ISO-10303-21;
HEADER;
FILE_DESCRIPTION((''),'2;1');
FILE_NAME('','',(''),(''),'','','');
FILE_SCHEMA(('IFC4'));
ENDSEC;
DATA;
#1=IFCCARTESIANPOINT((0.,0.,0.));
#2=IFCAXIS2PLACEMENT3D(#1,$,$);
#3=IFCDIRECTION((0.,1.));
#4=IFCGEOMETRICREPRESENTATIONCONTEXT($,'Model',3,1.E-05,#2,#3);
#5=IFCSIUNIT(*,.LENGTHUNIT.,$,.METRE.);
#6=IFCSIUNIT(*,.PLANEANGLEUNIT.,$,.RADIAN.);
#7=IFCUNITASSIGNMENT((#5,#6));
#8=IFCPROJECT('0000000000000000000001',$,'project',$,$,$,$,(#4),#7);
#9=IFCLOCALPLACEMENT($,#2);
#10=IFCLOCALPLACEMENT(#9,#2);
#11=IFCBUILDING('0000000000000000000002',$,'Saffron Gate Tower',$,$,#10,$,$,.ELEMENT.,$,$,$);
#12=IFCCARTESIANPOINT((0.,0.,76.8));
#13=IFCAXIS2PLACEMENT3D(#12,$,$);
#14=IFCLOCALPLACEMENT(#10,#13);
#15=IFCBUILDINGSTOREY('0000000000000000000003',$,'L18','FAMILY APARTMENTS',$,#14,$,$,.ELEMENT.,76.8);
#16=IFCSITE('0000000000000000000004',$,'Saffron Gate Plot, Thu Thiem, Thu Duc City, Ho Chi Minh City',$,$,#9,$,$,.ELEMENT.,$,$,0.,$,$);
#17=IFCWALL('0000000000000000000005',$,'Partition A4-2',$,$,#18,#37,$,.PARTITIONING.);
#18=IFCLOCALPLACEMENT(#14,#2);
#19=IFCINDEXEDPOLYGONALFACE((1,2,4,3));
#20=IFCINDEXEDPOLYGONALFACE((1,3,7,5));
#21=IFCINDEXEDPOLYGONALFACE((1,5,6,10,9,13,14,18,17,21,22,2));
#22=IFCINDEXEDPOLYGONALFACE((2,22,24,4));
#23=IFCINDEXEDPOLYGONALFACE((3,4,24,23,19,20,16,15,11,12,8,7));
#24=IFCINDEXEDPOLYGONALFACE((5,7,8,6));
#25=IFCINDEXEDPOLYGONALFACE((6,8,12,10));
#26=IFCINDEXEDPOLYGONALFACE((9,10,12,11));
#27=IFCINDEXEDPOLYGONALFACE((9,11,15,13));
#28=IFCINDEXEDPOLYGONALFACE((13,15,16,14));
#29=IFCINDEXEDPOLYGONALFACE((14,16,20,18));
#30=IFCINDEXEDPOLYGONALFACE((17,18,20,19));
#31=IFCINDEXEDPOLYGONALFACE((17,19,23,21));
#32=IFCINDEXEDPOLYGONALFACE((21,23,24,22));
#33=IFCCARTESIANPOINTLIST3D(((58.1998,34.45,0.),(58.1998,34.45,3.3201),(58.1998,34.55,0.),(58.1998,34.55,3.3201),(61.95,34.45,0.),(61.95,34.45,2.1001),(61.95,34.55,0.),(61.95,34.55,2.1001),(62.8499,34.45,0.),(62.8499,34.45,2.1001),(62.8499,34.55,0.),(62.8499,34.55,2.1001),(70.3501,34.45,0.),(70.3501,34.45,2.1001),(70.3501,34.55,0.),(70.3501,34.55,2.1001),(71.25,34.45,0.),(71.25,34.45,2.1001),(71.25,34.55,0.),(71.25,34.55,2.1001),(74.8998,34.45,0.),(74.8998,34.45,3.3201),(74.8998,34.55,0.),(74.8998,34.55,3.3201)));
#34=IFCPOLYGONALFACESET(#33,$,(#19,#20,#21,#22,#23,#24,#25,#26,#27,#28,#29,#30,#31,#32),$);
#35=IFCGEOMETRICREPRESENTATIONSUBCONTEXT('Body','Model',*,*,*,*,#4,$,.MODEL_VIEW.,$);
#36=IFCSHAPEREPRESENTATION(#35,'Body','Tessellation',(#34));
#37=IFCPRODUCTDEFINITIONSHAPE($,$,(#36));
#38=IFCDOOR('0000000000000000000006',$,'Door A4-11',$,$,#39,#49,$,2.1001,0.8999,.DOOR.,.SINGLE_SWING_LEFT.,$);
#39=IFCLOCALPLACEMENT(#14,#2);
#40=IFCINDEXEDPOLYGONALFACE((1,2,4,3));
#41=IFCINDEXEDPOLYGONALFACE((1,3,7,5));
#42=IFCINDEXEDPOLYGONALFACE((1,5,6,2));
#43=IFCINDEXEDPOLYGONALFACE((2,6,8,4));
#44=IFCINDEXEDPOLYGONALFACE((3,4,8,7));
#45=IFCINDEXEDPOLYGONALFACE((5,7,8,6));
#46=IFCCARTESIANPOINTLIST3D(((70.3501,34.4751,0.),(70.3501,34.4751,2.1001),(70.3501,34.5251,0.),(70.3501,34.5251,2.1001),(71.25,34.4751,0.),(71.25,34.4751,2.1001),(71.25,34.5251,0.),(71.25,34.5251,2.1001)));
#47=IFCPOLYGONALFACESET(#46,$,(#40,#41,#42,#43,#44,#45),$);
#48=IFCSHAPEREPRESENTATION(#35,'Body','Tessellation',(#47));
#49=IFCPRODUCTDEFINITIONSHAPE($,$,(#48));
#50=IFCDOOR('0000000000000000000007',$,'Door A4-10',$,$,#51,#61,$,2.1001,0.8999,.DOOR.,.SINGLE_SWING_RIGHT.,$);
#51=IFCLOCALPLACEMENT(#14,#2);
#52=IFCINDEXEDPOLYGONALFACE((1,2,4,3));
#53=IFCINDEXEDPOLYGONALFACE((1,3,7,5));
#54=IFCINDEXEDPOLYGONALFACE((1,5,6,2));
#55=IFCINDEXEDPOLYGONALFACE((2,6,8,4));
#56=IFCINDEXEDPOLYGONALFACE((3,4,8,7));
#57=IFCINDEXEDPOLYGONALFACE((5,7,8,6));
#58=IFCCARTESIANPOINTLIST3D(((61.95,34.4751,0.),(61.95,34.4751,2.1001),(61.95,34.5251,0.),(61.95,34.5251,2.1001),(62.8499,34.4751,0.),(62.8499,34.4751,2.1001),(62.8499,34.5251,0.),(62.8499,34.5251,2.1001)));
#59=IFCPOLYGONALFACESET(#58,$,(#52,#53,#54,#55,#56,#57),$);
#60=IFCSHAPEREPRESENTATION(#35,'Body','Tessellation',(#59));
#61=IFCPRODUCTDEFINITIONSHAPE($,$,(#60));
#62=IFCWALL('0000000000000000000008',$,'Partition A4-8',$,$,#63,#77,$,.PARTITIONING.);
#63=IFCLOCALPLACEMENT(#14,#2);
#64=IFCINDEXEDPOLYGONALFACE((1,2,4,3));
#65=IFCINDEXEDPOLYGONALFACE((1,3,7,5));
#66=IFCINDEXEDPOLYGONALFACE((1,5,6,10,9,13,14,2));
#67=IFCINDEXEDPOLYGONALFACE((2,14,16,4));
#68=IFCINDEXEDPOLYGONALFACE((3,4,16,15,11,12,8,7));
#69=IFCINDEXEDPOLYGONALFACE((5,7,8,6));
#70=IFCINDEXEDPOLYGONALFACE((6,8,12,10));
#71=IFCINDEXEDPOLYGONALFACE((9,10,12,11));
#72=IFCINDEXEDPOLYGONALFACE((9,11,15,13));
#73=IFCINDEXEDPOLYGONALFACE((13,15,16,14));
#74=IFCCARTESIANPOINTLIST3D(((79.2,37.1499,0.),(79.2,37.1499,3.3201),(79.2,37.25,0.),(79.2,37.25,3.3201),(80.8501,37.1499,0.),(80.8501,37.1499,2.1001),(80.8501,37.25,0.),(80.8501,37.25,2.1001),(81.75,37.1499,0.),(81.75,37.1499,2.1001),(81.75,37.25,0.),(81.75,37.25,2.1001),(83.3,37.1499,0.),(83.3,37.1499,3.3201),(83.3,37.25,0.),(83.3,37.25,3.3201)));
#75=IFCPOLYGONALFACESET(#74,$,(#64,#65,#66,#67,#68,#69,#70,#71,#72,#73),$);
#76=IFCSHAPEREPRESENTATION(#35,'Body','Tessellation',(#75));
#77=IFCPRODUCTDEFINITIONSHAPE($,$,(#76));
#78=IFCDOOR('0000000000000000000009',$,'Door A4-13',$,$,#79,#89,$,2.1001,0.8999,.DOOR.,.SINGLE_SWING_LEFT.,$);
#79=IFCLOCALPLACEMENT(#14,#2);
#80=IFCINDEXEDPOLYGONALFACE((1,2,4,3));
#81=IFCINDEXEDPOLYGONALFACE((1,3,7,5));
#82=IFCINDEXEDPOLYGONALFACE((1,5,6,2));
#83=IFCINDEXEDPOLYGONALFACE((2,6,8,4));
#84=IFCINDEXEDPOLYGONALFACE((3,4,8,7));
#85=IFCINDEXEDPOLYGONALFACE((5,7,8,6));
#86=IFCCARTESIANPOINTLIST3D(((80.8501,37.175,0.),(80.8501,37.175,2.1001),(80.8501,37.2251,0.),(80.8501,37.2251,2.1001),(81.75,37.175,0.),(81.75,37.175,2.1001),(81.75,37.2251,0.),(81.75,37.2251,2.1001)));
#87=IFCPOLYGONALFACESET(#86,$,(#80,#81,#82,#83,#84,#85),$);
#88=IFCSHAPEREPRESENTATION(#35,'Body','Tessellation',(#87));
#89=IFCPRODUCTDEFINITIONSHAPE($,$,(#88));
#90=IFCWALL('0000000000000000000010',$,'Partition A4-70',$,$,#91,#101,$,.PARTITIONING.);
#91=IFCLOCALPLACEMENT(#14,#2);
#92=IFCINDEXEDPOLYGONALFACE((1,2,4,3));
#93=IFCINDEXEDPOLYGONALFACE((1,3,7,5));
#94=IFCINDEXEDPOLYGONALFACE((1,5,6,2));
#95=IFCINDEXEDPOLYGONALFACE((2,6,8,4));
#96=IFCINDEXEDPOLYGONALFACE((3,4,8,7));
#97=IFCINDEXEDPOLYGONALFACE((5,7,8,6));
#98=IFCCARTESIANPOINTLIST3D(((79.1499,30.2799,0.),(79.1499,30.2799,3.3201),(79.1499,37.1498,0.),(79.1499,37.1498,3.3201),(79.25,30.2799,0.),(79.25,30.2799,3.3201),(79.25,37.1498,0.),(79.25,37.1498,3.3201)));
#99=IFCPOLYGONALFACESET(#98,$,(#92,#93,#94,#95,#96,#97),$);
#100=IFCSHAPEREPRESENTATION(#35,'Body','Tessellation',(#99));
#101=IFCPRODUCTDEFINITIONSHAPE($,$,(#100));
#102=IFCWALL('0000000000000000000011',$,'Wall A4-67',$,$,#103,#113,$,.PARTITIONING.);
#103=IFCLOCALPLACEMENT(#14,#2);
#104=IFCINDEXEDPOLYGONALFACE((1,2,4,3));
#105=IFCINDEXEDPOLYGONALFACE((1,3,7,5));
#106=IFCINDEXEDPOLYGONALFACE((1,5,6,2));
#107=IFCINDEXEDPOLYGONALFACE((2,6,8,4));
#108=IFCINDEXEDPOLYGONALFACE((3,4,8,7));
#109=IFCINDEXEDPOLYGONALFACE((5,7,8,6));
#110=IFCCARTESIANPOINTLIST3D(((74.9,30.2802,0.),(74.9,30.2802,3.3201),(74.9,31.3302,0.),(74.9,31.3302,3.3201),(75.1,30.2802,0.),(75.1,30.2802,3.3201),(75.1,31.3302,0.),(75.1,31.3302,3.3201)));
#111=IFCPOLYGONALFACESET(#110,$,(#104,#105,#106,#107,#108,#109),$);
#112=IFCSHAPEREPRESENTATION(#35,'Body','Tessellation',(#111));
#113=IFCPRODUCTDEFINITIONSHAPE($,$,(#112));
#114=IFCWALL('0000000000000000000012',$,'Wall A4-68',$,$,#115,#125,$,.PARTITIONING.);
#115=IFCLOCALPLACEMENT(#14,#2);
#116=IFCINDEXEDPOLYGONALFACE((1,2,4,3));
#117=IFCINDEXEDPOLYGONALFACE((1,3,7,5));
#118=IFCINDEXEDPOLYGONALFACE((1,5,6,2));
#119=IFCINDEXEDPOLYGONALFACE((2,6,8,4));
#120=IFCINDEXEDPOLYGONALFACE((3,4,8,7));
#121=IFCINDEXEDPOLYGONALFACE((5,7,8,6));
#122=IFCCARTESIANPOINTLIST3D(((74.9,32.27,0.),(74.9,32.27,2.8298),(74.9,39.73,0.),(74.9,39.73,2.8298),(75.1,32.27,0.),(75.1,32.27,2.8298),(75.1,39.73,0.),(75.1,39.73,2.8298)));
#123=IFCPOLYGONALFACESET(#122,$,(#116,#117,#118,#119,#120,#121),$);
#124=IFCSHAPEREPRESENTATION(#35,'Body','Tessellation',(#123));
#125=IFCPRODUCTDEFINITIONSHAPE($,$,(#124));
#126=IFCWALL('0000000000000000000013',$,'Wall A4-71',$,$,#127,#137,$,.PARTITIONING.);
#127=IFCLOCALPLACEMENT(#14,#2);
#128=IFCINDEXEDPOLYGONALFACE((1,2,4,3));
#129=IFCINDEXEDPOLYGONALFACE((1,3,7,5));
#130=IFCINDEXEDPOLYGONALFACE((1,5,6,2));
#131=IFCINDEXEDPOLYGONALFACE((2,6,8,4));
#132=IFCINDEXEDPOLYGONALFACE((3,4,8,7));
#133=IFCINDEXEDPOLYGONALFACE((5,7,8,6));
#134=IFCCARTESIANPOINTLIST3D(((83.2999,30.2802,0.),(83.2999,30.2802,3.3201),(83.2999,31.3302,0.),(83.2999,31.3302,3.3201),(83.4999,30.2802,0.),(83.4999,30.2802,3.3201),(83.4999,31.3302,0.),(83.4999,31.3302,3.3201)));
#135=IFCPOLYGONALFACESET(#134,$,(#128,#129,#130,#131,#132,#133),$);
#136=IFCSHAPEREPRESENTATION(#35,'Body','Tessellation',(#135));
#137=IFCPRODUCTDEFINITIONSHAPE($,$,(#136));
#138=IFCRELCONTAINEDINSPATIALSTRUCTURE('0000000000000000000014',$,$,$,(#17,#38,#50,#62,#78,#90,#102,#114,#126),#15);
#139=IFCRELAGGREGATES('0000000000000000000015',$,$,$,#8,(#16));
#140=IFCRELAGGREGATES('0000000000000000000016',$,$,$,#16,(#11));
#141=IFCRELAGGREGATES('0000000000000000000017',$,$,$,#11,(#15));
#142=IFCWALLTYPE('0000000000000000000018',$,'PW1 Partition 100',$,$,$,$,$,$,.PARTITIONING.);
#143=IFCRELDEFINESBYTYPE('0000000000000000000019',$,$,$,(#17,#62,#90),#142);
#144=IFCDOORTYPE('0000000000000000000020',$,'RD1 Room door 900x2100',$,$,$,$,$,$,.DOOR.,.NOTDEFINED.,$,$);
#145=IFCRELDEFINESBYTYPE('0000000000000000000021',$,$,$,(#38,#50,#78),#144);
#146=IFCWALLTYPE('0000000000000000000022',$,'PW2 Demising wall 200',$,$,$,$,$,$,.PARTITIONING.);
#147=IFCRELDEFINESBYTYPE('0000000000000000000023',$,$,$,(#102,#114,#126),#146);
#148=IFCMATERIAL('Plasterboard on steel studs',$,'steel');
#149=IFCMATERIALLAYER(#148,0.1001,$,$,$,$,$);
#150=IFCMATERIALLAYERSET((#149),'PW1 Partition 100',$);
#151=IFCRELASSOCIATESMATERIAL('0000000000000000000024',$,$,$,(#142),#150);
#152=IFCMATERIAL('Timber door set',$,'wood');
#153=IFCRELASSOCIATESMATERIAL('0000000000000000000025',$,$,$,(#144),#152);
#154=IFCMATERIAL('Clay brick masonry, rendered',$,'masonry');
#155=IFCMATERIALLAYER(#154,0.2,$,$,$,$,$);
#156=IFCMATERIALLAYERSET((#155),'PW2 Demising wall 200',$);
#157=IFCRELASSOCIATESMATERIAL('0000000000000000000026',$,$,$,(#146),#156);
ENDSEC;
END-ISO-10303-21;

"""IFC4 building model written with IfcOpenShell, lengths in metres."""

from ifc_helpers import new_model, si_unit, direction, frame, frame_2d, origin, place, context, subcontext, project, spatial, rectangle, extrude, material, layer, layer_set, type_object, element, fill, save


model = new_model("IFC4")

# Units and contexts
model_context = context("Model", 3, precision=1e-05, world=origin(), true_north=direction((0.0, 1.0)))
body_context = subcontext(model_context, "Body", "Model", "MODEL_VIEW")
ifc_project = project(units=[si_unit("LENGTHUNIT", "METRE"), si_unit("PLANEANGLEUNIT", "RADIAN")], contexts=[model_context])

# Site, building, storey
site_placement = place(None, origin())
site = spatial("IfcSite", under=ifc_project, at=site_placement, Name="Saffron Gate Plot, Thu Thiem, Thu Duc City, Ho Chi Minh City", CompositionType="ELEMENT", RefElevation=0.0)
building_placement = place(site_placement, origin())
building = spatial("IfcBuilding", under=site, at=building_placement, Name="Saffron Gate Tower", CompositionType="ELEMENT")
storey_placement = place(building_placement, frame((0.0, 0.0, 76.8)))
storey = spatial("IfcBuildingStorey", under=building, at=storey_placement, Name="L18", Description="FAMILY APARTMENTS", CompositionType="ELEMENT", Elevation=76.8)

# Wall, openings, doors
ifc_material_1 = material(Name="Plasterboard on steel studs", Category="steel")
ifc_layer_1 = layer(ifc_material_1, 0.1001)
ifc_layer_set_1 = layer_set([ifc_layer_1], Name="PW1 Partition 100")
wall_type_1 = type_object("IfcWallType", Name="PW1 Partition 100", PredefinedType="PARTITIONING", material=ifc_layer_set_1)
wall_1_placement = place(storey_placement, frame((74.8999, 34.5, 0.0), z_axis=(0.0, 0.0, 1.0), x_axis=(-1.0, 0.0, 0.0)))
wall_1 = element("IfcWall", 1, at=wall_1_placement, inside=storey, type_object=wall_type_1, Name="Partition A4-2", PredefinedType="PARTITIONING", context=body_context, shape_type="SweptSolid", body=[
    extrude(rectangle(XDim=16.7, YDim=0.1001, at=frame_2d((8.3501, 0.0))), origin(), (0.0, 0.0, 1.0), 3.3201),
])
opening_1_placement = place(wall_1_placement, frame((3.6499, 0.0, 0.0)))
opening_1 = element("IfcOpeningElement", 2, at=opening_1_placement, cuts=wall_1, PredefinedType="OPENING", context=body_context, shape_type="SweptSolid", body=[
    extrude(rectangle(XDim=0.8999, YDim=2.1001, at=frame_2d((0.45, 1.05))), frame((0.0, 0.0601, 0.0), z_axis=(0.0, -1.0, 0.0), x_axis=(1.0, 0.0, 0.0)), (0.0, 0.0, 1.0), 0.1201),
])
opening_2_placement = place(wall_1_placement, frame((12.05, 0.0, 0.0)))
opening_2 = element("IfcOpeningElement", 3, at=opening_2_placement, cuts=wall_1, PredefinedType="OPENING", context=body_context, shape_type="SweptSolid", body=[
    extrude(rectangle(XDim=0.8999, YDim=2.1001, at=frame_2d((0.45, 1.05))), frame((0.0, 0.0601, 0.0), z_axis=(0.0, -1.0, 0.0), x_axis=(1.0, 0.0, 0.0)), (0.0, 0.0, 1.0), 0.1201),
])
ifc_material_2 = material(Name="Timber door set", Category="wood")
door_type = type_object("IfcDoorType", Name="RD1 Room door 900x2100", OperationType="NOTDEFINED", PredefinedType="DOOR", material=ifc_material_2)
door_1_placement = place(opening_1_placement, origin())
door_1 = element("IfcDoor", 4, at=door_1_placement, inside=storey, type_object=door_type, Name="Door A4-11", OperationType="SINGLE_SWING_LEFT", OverallHeight=2.1001, OverallWidth=0.8999, PredefinedType="DOOR", context=body_context, shape_type="SweptSolid", body=[
    extrude(rectangle(XDim=0.8999, YDim=2.1001, at=frame_2d((0.45, 1.05))), frame((0.0, 0.0249, 0.0), z_axis=(0.0, -1.0, 0.0), x_axis=(1.0, 0.0, 0.0)), (0.0, 0.0, 1.0), 0.05),
])
fill(opening_1, door_1)
door_2_placement = place(opening_2_placement, origin())
door_2 = element("IfcDoor", 5, at=door_2_placement, inside=storey, type_object=door_type, Name="Door A4-10", OperationType="SINGLE_SWING_RIGHT", OverallHeight=2.1001, OverallWidth=0.8999, PredefinedType="DOOR", context=body_context, shape_type="SweptSolid", body=[
    extrude(rectangle(XDim=0.8999, YDim=2.1001, at=frame_2d((0.45, 1.05))), frame((0.0, 0.0249, 0.0), z_axis=(0.0, -1.0, 0.0), x_axis=(1.0, 0.0, 0.0)), (0.0, 0.0, 1.0), 0.05),
])
fill(opening_2, door_2)

# Wall, opening, door
wall_2_placement = place(storey_placement, frame((83.3, 37.2, 0.0), z_axis=(0.0, 0.0, 1.0), x_axis=(-1.0, 0.0, 0.0)))
wall_2 = element("IfcWall", 6, at=wall_2_placement, inside=storey, type_object=wall_type_1, Name="Partition A4-8", PredefinedType="PARTITIONING", context=body_context, shape_type="SweptSolid", body=[
    extrude(rectangle(XDim=4.1001, YDim=0.1001, at=frame_2d((2.05, 0.0))), origin(), (0.0, 0.0, 1.0), 3.3201),
])
opening_3_placement = place(wall_2_placement, frame((1.55, 0.0, 0.0)))
opening_3 = element("IfcOpeningElement", 7, at=opening_3_placement, cuts=wall_2, PredefinedType="OPENING", context=body_context, shape_type="SweptSolid", body=[
    extrude(rectangle(XDim=0.8999, YDim=2.1001, at=frame_2d((0.45, 1.05))), frame((0.0, 0.0601, 0.0), z_axis=(0.0, -1.0, 0.0), x_axis=(1.0, 0.0, 0.0)), (0.0, 0.0, 1.0), 0.1201),
])
door_3_placement = place(opening_3_placement, origin())
door_3 = element("IfcDoor", 8, at=door_3_placement, inside=storey, type_object=door_type, Name="Door A4-13", OperationType="SINGLE_SWING_LEFT", OverallHeight=2.1001, OverallWidth=0.8999, PredefinedType="DOOR", context=body_context, shape_type="SweptSolid", body=[
    extrude(rectangle(XDim=0.8999, YDim=2.1001, at=frame_2d((0.45, 1.05))), frame((0.0, 0.0249, 0.0), z_axis=(0.0, -1.0, 0.0), x_axis=(1.0, 0.0, 0.0)), (0.0, 0.0, 1.0), 0.05),
])
fill(opening_3, door_3)

# Walls
wall_3_placement = place(storey_placement, frame((79.2, 37.1499, 0.0), z_axis=(0.0, 0.0, 1.0), x_axis=(0.0, -1.0, 0.0)))
element("IfcWall", 9, at=wall_3_placement, inside=storey, type_object=wall_type_1, Name="Partition A4-70", PredefinedType="PARTITIONING", context=body_context, shape_type="SweptSolid", body=[
    extrude(rectangle(XDim=6.8699, YDim=0.1001, at=frame_2d((3.4351, 0.0))), origin(), (0.0, 0.0, 1.0), 3.3201),
])
ifc_material_3 = material(Name="Clay brick masonry, rendered", Category="masonry")
ifc_layer_2 = layer(ifc_material_3, 0.2)
ifc_layer_set_2 = layer_set([ifc_layer_2], Name="PW2 Demising wall 200")
wall_type_2 = type_object("IfcWallType", Name="PW2 Demising wall 200", PredefinedType="PARTITIONING", material=ifc_layer_set_2)
wall_4_placement = place(storey_placement, frame((75.0, 31.3301, 0.0), z_axis=(0.0, 0.0, 1.0), x_axis=(0.0, -1.0, 0.0)))
element("IfcWall", 10, at=wall_4_placement, inside=storey, type_object=wall_type_2, Name="Wall A4-67", PredefinedType="PARTITIONING", context=body_context, shape_type="SweptSolid", body=[
    extrude(rectangle(XDim=1.05, YDim=0.2, at=frame_2d((0.5249, 0.0))), origin(), (0.0, 0.0, 1.0), 3.3201),
])
wall_5_placement = place(storey_placement, frame((75.0, 39.73, 0.0), z_axis=(0.0, 0.0, 1.0), x_axis=(0.0, -1.0, 0.0)))
element("IfcWall", 11, at=wall_5_placement, inside=storey, type_object=wall_type_2, Name="Wall A4-68", PredefinedType="PARTITIONING", context=body_context, shape_type="SweptSolid", body=[
    extrude(rectangle(XDim=7.46, YDim=0.2, at=frame_2d((3.73, 0.0))), origin(), (0.0, 0.0, 1.0), 2.8298),
])
wall_6_placement = place(storey_placement, frame((83.3999, 31.3301, 0.0), z_axis=(0.0, 0.0, 1.0), x_axis=(0.0, -1.0, 0.0)))
element("IfcWall", 12, at=wall_6_placement, inside=storey, type_object=wall_type_2, Name="Wall A4-71", PredefinedType="PARTITIONING", context=body_context, shape_type="SweptSolid", body=[
    extrude(rectangle(XDim=1.05, YDim=0.2, at=frame_2d((0.5249, 0.0))), origin(), (0.0, 0.0, 1.0), 3.3201),
])

save(model, "model.ifc")
